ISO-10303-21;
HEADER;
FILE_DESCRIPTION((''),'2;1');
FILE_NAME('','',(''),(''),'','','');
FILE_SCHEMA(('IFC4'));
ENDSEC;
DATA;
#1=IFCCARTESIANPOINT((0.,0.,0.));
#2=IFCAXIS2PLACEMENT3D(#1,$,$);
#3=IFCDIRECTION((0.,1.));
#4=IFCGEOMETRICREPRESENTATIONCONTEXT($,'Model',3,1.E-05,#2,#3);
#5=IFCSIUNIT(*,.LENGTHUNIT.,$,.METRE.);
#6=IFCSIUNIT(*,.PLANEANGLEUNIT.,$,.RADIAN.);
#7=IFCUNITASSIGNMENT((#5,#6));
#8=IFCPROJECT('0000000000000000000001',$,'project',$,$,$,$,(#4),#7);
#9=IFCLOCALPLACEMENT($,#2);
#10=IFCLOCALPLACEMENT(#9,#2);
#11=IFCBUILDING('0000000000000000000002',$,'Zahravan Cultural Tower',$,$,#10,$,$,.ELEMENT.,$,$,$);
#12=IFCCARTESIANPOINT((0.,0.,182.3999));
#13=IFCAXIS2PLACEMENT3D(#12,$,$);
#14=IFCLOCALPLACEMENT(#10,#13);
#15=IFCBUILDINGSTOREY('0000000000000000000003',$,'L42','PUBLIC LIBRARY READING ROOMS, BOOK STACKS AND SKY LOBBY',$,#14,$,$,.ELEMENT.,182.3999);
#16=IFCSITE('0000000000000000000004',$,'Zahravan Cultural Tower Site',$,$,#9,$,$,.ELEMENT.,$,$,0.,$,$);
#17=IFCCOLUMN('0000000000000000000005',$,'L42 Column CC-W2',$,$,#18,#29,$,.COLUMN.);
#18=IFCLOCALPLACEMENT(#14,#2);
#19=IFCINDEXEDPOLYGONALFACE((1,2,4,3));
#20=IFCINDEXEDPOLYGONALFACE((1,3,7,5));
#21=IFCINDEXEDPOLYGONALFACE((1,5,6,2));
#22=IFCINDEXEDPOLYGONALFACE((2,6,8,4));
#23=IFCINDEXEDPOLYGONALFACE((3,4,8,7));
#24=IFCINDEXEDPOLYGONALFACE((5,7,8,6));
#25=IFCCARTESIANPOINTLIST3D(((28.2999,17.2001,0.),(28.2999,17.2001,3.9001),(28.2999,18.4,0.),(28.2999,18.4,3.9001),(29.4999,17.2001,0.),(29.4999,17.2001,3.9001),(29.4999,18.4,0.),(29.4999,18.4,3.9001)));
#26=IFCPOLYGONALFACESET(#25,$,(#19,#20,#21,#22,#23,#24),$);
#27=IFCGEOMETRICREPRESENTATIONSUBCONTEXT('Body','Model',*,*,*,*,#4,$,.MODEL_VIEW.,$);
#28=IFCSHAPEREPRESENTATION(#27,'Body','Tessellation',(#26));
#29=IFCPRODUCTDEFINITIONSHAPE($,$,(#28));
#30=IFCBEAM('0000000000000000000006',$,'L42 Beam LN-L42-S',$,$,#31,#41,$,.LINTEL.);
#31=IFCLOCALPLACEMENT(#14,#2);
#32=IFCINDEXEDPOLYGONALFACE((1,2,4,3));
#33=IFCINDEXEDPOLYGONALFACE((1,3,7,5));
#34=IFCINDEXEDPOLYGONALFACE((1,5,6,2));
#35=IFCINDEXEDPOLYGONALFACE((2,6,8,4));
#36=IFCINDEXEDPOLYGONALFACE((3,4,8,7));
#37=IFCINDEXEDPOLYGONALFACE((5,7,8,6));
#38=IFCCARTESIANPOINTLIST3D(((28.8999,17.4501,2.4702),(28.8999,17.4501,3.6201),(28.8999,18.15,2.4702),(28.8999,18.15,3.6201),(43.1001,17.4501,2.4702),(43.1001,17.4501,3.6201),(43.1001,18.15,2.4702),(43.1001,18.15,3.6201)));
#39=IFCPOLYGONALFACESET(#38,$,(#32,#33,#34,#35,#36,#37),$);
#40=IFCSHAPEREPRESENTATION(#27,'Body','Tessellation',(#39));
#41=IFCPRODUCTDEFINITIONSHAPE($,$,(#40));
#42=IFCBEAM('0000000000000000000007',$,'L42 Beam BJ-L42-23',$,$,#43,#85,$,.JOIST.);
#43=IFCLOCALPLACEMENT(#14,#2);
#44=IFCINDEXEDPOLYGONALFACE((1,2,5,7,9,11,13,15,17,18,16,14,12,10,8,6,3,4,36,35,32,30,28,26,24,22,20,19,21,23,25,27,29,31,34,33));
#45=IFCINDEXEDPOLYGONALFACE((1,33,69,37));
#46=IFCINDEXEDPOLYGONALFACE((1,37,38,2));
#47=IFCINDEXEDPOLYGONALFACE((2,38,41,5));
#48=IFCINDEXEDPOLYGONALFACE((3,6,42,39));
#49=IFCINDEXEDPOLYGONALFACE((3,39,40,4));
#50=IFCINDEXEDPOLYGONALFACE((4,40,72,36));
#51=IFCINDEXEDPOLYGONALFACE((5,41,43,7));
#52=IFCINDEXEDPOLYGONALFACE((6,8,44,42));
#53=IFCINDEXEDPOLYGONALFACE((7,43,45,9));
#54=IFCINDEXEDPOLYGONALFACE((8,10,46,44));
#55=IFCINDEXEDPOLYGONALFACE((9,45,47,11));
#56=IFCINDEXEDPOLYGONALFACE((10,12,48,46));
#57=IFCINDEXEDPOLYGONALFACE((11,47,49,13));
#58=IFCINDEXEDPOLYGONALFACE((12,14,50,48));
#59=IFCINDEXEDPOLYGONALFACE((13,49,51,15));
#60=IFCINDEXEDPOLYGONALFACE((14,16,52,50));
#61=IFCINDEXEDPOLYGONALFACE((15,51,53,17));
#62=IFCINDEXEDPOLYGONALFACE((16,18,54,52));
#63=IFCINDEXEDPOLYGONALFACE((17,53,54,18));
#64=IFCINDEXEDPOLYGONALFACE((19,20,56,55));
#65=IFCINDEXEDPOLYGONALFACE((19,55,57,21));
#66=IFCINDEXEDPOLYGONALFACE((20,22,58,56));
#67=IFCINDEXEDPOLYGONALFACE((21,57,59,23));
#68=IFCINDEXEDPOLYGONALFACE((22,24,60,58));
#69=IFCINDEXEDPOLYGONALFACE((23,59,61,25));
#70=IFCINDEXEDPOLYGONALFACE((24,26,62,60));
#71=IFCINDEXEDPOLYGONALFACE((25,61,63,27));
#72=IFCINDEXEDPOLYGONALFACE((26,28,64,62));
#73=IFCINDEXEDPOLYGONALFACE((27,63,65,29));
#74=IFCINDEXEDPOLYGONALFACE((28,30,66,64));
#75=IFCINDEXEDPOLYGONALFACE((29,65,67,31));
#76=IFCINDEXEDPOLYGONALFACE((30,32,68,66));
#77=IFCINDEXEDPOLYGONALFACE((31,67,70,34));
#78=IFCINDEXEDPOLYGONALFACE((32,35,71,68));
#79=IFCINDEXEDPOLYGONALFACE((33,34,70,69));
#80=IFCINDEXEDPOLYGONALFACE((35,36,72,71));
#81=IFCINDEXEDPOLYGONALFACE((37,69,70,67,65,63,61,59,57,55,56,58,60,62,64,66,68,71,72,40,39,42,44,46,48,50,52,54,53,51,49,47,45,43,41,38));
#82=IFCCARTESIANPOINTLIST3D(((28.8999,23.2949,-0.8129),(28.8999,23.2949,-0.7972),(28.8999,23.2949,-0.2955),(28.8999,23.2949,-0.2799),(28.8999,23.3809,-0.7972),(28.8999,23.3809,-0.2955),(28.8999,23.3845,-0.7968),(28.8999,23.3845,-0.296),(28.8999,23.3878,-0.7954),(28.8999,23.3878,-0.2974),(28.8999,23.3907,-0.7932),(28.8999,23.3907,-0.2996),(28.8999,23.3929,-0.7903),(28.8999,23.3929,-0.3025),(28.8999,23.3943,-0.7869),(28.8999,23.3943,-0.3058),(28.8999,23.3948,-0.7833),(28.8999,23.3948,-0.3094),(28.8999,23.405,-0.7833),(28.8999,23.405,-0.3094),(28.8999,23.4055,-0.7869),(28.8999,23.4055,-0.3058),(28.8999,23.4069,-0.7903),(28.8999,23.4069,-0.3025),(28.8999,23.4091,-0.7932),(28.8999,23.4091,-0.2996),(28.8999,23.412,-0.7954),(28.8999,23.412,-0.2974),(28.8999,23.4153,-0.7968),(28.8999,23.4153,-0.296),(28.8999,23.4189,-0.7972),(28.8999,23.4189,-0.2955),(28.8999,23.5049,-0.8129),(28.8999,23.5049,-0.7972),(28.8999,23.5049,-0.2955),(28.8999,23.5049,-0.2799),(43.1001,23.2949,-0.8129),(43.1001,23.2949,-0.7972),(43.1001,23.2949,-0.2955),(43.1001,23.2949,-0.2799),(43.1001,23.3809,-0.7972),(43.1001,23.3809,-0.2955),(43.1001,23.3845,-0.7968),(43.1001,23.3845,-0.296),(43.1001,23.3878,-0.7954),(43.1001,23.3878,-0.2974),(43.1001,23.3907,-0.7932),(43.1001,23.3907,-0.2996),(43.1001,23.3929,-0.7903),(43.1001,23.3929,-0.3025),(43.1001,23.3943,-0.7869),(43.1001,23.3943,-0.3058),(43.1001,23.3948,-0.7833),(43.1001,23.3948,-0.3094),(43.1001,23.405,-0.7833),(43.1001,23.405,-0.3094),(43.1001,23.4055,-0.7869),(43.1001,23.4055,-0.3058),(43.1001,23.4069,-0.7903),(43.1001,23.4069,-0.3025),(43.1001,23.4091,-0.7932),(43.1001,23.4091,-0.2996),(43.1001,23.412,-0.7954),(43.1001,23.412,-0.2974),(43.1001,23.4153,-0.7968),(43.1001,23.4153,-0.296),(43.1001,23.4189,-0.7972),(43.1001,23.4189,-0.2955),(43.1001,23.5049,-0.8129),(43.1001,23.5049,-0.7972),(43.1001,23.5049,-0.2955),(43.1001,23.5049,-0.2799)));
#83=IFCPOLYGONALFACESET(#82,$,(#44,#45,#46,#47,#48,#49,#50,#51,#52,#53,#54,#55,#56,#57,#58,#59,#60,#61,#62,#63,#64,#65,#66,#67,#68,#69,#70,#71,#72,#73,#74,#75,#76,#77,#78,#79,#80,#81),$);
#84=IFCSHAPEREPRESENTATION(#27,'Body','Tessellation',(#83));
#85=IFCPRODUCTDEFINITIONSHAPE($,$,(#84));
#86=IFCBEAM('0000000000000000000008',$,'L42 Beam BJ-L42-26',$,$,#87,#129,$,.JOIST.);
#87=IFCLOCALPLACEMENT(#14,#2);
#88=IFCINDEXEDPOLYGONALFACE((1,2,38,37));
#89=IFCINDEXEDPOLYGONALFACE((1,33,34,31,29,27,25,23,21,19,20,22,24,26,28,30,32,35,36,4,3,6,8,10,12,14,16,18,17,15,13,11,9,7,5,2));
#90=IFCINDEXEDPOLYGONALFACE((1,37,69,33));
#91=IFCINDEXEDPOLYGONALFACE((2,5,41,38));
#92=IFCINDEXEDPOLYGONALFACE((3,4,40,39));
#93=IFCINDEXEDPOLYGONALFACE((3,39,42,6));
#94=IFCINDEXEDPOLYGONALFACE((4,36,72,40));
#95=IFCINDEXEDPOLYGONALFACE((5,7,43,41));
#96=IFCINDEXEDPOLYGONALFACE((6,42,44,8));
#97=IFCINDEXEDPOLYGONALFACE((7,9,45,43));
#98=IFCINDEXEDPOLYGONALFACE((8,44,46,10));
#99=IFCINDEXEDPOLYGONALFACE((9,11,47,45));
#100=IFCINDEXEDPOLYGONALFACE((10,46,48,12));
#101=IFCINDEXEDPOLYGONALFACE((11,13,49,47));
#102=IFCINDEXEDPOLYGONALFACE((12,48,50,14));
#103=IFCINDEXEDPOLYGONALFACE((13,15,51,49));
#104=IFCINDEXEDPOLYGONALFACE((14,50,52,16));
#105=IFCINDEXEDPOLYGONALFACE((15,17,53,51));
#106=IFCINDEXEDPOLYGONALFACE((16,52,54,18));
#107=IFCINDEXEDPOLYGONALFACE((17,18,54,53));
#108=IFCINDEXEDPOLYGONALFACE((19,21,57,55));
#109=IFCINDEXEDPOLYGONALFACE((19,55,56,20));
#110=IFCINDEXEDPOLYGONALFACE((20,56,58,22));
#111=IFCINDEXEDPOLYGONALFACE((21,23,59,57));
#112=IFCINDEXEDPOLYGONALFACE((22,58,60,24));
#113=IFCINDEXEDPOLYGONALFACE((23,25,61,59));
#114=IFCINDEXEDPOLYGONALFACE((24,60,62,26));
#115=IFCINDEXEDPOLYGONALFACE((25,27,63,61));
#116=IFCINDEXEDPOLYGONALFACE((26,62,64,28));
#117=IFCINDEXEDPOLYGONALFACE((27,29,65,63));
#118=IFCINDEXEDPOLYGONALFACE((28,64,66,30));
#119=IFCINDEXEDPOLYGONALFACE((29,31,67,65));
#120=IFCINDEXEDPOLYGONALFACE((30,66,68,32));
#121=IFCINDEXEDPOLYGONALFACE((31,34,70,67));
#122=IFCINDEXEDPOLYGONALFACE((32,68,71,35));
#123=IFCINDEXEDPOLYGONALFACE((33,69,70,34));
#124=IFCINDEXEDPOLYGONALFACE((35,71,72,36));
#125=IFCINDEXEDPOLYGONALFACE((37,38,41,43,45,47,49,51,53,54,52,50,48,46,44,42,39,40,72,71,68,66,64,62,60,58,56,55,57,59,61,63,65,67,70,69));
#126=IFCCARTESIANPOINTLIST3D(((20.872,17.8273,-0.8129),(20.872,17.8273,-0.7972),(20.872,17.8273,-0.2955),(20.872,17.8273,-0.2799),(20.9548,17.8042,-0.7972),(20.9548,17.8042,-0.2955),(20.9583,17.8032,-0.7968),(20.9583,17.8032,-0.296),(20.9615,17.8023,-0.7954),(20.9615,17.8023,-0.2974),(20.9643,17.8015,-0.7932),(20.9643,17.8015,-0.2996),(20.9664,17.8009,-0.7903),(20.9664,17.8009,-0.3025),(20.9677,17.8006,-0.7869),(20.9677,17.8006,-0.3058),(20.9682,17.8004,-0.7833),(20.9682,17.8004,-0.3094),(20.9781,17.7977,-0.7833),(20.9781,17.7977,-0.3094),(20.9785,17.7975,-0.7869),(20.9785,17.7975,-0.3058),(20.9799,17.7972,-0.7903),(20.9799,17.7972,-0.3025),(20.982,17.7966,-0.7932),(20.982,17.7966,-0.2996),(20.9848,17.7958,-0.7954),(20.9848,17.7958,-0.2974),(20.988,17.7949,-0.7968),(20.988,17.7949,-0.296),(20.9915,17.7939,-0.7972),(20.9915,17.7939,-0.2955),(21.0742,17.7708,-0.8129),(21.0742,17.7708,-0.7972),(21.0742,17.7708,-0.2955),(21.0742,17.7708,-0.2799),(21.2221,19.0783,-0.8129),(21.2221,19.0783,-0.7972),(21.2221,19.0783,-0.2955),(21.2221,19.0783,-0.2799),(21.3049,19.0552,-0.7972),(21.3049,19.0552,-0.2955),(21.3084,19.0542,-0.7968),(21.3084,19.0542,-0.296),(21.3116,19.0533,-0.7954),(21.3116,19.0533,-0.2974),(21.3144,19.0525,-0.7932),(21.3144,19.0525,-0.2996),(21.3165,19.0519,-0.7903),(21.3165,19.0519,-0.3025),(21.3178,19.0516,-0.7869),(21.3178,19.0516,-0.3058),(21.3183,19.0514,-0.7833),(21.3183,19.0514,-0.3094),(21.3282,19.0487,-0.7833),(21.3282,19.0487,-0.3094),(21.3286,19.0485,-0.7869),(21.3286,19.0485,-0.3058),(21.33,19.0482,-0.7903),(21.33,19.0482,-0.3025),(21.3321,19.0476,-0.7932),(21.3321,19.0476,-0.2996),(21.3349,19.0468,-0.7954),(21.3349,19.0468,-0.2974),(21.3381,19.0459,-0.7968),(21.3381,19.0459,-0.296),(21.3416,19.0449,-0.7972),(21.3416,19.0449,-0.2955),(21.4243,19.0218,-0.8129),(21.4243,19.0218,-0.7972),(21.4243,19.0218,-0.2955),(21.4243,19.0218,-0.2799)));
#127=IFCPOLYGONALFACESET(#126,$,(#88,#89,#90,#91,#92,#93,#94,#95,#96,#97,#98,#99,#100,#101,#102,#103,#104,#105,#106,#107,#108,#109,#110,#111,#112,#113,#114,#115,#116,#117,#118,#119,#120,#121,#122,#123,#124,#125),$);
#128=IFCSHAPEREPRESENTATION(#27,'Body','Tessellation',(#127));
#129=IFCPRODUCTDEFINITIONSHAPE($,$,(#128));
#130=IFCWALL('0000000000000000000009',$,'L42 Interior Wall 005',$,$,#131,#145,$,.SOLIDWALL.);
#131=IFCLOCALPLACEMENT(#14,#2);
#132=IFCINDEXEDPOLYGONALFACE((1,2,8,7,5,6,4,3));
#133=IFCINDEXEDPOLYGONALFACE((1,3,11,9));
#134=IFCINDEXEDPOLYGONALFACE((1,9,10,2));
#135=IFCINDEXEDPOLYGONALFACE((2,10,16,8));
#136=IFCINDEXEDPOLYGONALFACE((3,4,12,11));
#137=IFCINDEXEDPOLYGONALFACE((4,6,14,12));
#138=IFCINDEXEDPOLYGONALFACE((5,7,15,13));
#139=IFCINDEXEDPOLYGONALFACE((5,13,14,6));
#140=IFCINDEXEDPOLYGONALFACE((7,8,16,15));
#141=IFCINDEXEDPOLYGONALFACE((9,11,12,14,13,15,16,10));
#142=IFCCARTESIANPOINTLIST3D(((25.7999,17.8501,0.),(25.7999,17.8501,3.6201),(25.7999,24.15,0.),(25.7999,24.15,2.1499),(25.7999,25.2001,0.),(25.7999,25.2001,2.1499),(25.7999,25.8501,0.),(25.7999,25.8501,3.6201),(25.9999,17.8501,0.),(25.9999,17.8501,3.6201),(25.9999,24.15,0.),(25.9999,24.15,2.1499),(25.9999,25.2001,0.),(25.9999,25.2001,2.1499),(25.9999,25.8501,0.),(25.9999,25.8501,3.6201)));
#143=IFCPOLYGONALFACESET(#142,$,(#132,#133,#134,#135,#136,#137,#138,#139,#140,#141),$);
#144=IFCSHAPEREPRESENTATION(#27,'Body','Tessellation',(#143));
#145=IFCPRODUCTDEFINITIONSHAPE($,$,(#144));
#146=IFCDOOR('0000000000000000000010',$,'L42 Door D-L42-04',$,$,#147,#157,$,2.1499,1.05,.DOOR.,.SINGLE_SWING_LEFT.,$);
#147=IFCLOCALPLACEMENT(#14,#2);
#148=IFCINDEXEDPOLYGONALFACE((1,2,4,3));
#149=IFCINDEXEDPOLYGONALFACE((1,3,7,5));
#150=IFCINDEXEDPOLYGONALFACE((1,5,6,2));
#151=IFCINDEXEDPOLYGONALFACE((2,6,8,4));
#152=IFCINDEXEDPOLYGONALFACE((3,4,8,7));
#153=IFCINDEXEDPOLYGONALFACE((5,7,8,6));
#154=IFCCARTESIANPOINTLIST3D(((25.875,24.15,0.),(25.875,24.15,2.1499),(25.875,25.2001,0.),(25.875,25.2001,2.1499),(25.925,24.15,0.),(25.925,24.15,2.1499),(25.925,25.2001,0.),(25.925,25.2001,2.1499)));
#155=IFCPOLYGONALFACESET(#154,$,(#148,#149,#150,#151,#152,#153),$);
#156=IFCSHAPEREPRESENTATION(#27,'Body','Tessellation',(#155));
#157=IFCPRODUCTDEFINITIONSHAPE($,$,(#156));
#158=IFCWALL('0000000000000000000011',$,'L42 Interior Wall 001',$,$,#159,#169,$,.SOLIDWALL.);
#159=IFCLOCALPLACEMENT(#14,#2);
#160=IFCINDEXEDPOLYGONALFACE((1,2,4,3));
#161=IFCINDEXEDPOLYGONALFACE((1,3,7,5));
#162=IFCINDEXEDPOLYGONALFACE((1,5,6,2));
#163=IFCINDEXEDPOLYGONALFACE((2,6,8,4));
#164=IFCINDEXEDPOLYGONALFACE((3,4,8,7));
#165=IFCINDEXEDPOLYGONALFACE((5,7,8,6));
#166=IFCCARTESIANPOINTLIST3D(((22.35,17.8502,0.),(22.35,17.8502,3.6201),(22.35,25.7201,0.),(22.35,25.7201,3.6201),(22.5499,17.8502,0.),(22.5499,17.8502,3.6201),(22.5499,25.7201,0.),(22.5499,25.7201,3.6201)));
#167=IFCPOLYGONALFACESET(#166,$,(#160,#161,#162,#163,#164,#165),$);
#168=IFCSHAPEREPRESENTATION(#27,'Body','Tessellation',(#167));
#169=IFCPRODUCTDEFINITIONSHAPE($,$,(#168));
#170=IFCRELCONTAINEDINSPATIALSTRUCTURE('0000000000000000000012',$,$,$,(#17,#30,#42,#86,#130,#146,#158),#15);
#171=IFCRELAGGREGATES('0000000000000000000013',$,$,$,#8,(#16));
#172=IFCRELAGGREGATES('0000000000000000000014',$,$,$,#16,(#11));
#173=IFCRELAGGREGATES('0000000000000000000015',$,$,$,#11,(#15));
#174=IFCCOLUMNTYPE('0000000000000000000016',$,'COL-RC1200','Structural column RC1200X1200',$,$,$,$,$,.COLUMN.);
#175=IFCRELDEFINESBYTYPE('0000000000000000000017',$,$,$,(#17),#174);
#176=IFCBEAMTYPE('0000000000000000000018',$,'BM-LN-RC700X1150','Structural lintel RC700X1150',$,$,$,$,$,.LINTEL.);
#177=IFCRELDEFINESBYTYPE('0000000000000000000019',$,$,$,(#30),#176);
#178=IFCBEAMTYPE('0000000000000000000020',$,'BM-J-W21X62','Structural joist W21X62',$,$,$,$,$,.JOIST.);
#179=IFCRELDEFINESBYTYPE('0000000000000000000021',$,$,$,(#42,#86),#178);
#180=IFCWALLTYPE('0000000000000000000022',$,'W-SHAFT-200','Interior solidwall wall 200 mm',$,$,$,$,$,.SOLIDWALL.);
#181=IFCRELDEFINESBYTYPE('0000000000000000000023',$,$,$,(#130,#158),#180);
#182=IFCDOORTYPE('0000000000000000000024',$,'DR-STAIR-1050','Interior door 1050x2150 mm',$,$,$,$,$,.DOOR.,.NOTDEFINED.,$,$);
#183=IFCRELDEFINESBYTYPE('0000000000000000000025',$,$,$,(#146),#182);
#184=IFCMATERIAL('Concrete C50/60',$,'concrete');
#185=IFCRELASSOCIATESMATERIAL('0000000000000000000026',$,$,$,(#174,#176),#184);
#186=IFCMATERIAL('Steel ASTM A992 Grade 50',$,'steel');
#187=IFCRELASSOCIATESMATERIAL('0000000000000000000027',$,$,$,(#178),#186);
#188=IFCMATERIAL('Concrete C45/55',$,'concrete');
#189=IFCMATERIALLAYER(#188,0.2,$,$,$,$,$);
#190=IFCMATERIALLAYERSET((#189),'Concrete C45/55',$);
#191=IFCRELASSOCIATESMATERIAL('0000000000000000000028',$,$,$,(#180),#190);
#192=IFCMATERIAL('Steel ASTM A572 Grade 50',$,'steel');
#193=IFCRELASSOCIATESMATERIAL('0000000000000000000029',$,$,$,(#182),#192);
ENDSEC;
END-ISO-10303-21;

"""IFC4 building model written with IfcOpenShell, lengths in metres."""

from ifc_helpers import new_model, si_unit, direction, frame, frame_2d, origin, origin_2d, place, context, subcontext, project, spatial, rectangle, i_section, extrude, source, transform, mapped, material, layer, layer_set, material_profile, profile_set, type_object, element, fill, save


model = new_model("IFC4")

# Units and contexts
model_context = context("Model", 3, precision=1e-05, world=origin(), true_north=direction((0.0, 1.0)))
body_context = subcontext(model_context, "Body", "Model", "MODEL_VIEW")
ifc_project = project(units=[si_unit("LENGTHUNIT", "METRE"), si_unit("PLANEANGLEUNIT", "RADIAN")], contexts=[model_context])

# Site, building, storey
site_placement = place(None, origin())
site = spatial("IfcSite", under=ifc_project, at=site_placement, Name="Zahravan Cultural Tower Site", CompositionType="ELEMENT", RefElevation=0.0)
building_placement = place(site_placement, origin())
building = spatial("IfcBuilding", under=site, at=building_placement, Name="Zahravan Cultural Tower", CompositionType="ELEMENT")
storey_placement = place(building_placement, frame((0.0, 0.0, 182.3999)))
storey = spatial("IfcBuildingStorey", under=building, at=storey_placement, Name="L42", Description="PUBLIC LIBRARY READING ROOMS, BOOK STACKS AND SKY LOBBY", CompositionType="ELEMENT", Elevation=182.3999)

# Column
ifc_material_1 = material(Name="Concrete C50/60", Category="concrete")
ifc_material_profile_1 = material_profile(ifc_material_1, rectangle(XDim=1.2, YDim=1.2, at=origin_2d()), Name="RC1200X1200")
ifc_profile_set_1 = profile_set([ifc_material_profile_1], Name="Concrete C50/60")
column_type = type_object("IfcColumnType", Name="COL-RC1200", Description="Structural column RC1200X1200", PredefinedType="COLUMN", material=ifc_profile_set_1)
shared_shape_1 = source(origin(), body_context, "Body", "SweptSolid", [
    extrude(rectangle(XDim=1.2, YDim=1.2, at=origin_2d()), origin(), (0.0, 0.0, 1.0), 3.9001),
])
column_placement = place(storey_placement, frame((28.8999, 17.8, 0.0), z_axis=(0.0, 0.0, 1.0), x_axis=(1.0, 0.0, 0.0)))
element("IfcColumn", 1, at=column_placement, inside=storey, type_object=column_type, Name="L42 Column CC-W2", PredefinedType="COLUMN", context=body_context, shape_type="MappedRepresentation", body=[
    mapped(shared_shape_1, transform((0.0, 0.0, 0.0), x_axis=(1.0, 0.0, 0.0), y_axis=(0.0, 1.0, 0.0), z_axis=(0.0, 0.0, 1.0), scale=1.0)),
])

# Beams
ifc_material_profile_2 = material_profile(ifc_material_1, rectangle(XDim=0.7, YDim=1.1499, at=origin_2d()), Name="RC700X1150")
ifc_profile_set_2 = profile_set([ifc_material_profile_2], Name="Concrete C50/60")
beam_type_1 = type_object("IfcBeamType", Name="BM-LN-RC700X1150", Description="Structural lintel RC700X1150", PredefinedType="LINTEL", material=ifc_profile_set_2)
shared_shape_2 = source(origin(), body_context, "Body", "SweptSolid", [
    extrude(rectangle(XDim=0.7, YDim=1.1499, at=origin_2d()), origin(), (0.0, 0.0, 1.0), 14.2002),
])
beam_1_placement = place(storey_placement, frame((28.8999, 17.8, 3.0452), z_axis=(1.0, 0.0, 0.0), x_axis=(0.0, 1.0, 0.0)))
element("IfcBeam", 2, at=beam_1_placement, inside=storey, type_object=beam_type_1, Name="L42 Beam LN-L42-S", PredefinedType="LINTEL", context=body_context, shape_type="MappedRepresentation", body=[
    mapped(shared_shape_2, transform((0.0, 0.0, 0.0), x_axis=(1.0, 0.0, 0.0), y_axis=(0.0, 1.0, 0.0), z_axis=(0.0, 0.0, 1.0), scale=1.0)),
])
ifc_material_2 = material(Name="Steel ASTM A992 Grade 50", Category="steel")
ifc_material_profile_3 = material_profile(ifc_material_2, i_section(OverallWidth=0.21, OverallDepth=0.533, WebThickness=0.0103, FlangeThickness=0.0156, FilletRadius=0.0139, at=origin_2d()), Name="W21X62")
ifc_profile_set_3 = profile_set([ifc_material_profile_3], Name="Steel ASTM A992 Grade 50")
beam_type_2 = type_object("IfcBeamType", Name="BM-J-W21X62", Description="Structural joist W21X62", PredefinedType="JOIST", material=ifc_profile_set_3)
shared_shape_3 = source(origin(), body_context, "Body", "SweptSolid", [
    extrude(i_section(OverallWidth=0.21, OverallDepth=0.533, WebThickness=0.0103, FlangeThickness=0.0156, FilletRadius=0.0139, at=origin_2d()), origin(), (0.0, 0.0, 1.0), 14.2002),
])
beam_2_placement = place(storey_placement, frame((28.8999, 23.3999, -0.5464), z_axis=(1.0, 0.0, 0.0), x_axis=(0.0, 1.0, 0.0)))
element("IfcBeam", 3, at=beam_2_placement, inside=storey, type_object=beam_type_2, Name="L42 Beam BJ-L42-23", PredefinedType="JOIST", context=body_context, shape_type="MappedRepresentation", body=[
    mapped(shared_shape_3, transform((0.0, 0.0, 0.0), x_axis=(1.0, 0.0, 0.0), y_axis=(0.0, 1.0, 0.0), z_axis=(0.0, 0.0, 1.0), scale=1.0)),
])
shared_shape_4 = source(origin(), body_context, "Body", "SweptSolid", [
    extrude(i_section(OverallWidth=0.21, OverallDepth=0.533, WebThickness=0.0103, FlangeThickness=0.0156, FilletRadius=0.0139, at=origin_2d()), origin(), (0.0, 0.0, 1.0), 1.2991),
])
beam_3_placement = place(storey_placement, frame((21.3232, 19.05, -0.5464), z_axis=(-0.269504, -0.962999, 0.0), x_axis=(0.962999, -0.269504, 0.0)))
element("IfcBeam", 4, at=beam_3_placement, inside=storey, type_object=beam_type_2, Name="L42 Beam BJ-L42-26", PredefinedType="JOIST", context=body_context, shape_type="MappedRepresentation", body=[
    mapped(shared_shape_4, transform((0.0, 0.0, 0.0), x_axis=(1.0, 0.0, 0.0), y_axis=(0.0, 1.0, 0.0), z_axis=(0.0, 0.0, 1.0), scale=1.0)),
])

# Wall, opening, door
ifc_material_3 = material(Name="Concrete C45/55", Category="concrete")
ifc_layer_1 = layer(ifc_material_3, 0.2)
ifc_layer_set_1 = layer_set([ifc_layer_1], Name="Concrete C45/55")
wall_type_1 = type_object("IfcWallType", Name="W-SHAFT-200", Description="Interior solidwall wall 200 mm", PredefinedType="SOLIDWALL", material=ifc_layer_set_1)
wall_1_placement = place(storey_placement, frame((25.8999, 17.8501, 0.0), z_axis=(0.0, 0.0, 1.0), x_axis=(0.0, 1.0, 0.0)))
wall_1 = element("IfcWall", 5, at=wall_1_placement, inside=storey, type_object=wall_type_1, Name="L42 Interior Wall 005", PredefinedType="SOLIDWALL", context=body_context, shape_type="SweptSolid", body=[
    extrude(rectangle(XDim=8.0, YDim=0.2, at=frame_2d((4.0, 0.0))), origin(), (0.0, 0.0, 1.0), 3.6201),
])
opening_1_placement = place(wall_1_placement, frame((6.3, 0.0, 0.0)))
opening_1 = element("IfcOpeningElement", 6, at=opening_1_placement, cuts=wall_1, PredefinedType="OPENING", context=body_context, shape_type="SweptSolid", body=[
    extrude(rectangle(XDim=1.05, YDim=2.1499, at=frame_2d((0.5249, 1.075))), frame((0.0, 0.1099, 0.0), z_axis=(0.0, -1.0, 0.0), x_axis=(1.0, 0.0, 0.0)), (0.0, 0.0, 1.0), 0.22),
])
ifc_material_4 = material(Name="Steel ASTM A572 Grade 50", Category="steel")
door_type_1 = type_object("IfcDoorType", Name="DR-STAIR-1050", Description="Interior door 1050x2150 mm", OperationType="NOTDEFINED", PredefinedType="DOOR", material=ifc_material_4)
shared_shape_5 = source(origin(), body_context, "Body", "SweptSolid", [
    extrude(rectangle(XDim=1.05, YDim=2.1499, at=frame_2d((0.5249, 1.075))), frame((0.0, 0.0249, 0.0), z_axis=(0.0, -1.0, 0.0), x_axis=(1.0, 0.0, 0.0)), (0.0, 0.0, 1.0), 0.05),
])
door_1_placement = place(opening_1_placement, origin())
door_1 = element("IfcDoor", 7, at=door_1_placement, inside=storey, type_object=door_type_1, Name="L42 Door D-L42-04", OperationType="SINGLE_SWING_LEFT", OverallHeight=2.1499, OverallWidth=1.05, PredefinedType="DOOR", context=body_context, shape_type="MappedRepresentation", body=[
    mapped(shared_shape_5, transform((0.0, 0.0, 0.0), x_axis=(1.0, 0.0, 0.0), y_axis=(0.0, 1.0, 0.0), z_axis=(0.0, 0.0, 1.0), scale=1.0)),
])
fill(opening_1, door_1)

# Wall
shared_shape_6 = source(origin(), body_context, "Body", "SweptSolid", [
    extrude(rectangle(XDim=7.8699, YDim=0.2, at=frame_2d((3.9351, 0.0))), origin(), (0.0, 0.0, 1.0), 3.6201),
])
wall_2_placement = place(storey_placement, frame((22.45, 17.8501, 0.0), z_axis=(0.0, 0.0, 1.0), x_axis=(0.0, 1.0, 0.0)))
element("IfcWall", 8, at=wall_2_placement, inside=storey, type_object=wall_type_1, Name="L42 Interior Wall 001", PredefinedType="SOLIDWALL", context=body_context, shape_type="MappedRepresentation", body=[
    mapped(shared_shape_6, transform((0.0, 0.0, 0.0), x_axis=(1.0, 0.0, 0.0), y_axis=(0.0, 1.0, 0.0), z_axis=(0.0, 0.0, 1.0), scale=1.0)),
])

save(model, "model.ifc")
